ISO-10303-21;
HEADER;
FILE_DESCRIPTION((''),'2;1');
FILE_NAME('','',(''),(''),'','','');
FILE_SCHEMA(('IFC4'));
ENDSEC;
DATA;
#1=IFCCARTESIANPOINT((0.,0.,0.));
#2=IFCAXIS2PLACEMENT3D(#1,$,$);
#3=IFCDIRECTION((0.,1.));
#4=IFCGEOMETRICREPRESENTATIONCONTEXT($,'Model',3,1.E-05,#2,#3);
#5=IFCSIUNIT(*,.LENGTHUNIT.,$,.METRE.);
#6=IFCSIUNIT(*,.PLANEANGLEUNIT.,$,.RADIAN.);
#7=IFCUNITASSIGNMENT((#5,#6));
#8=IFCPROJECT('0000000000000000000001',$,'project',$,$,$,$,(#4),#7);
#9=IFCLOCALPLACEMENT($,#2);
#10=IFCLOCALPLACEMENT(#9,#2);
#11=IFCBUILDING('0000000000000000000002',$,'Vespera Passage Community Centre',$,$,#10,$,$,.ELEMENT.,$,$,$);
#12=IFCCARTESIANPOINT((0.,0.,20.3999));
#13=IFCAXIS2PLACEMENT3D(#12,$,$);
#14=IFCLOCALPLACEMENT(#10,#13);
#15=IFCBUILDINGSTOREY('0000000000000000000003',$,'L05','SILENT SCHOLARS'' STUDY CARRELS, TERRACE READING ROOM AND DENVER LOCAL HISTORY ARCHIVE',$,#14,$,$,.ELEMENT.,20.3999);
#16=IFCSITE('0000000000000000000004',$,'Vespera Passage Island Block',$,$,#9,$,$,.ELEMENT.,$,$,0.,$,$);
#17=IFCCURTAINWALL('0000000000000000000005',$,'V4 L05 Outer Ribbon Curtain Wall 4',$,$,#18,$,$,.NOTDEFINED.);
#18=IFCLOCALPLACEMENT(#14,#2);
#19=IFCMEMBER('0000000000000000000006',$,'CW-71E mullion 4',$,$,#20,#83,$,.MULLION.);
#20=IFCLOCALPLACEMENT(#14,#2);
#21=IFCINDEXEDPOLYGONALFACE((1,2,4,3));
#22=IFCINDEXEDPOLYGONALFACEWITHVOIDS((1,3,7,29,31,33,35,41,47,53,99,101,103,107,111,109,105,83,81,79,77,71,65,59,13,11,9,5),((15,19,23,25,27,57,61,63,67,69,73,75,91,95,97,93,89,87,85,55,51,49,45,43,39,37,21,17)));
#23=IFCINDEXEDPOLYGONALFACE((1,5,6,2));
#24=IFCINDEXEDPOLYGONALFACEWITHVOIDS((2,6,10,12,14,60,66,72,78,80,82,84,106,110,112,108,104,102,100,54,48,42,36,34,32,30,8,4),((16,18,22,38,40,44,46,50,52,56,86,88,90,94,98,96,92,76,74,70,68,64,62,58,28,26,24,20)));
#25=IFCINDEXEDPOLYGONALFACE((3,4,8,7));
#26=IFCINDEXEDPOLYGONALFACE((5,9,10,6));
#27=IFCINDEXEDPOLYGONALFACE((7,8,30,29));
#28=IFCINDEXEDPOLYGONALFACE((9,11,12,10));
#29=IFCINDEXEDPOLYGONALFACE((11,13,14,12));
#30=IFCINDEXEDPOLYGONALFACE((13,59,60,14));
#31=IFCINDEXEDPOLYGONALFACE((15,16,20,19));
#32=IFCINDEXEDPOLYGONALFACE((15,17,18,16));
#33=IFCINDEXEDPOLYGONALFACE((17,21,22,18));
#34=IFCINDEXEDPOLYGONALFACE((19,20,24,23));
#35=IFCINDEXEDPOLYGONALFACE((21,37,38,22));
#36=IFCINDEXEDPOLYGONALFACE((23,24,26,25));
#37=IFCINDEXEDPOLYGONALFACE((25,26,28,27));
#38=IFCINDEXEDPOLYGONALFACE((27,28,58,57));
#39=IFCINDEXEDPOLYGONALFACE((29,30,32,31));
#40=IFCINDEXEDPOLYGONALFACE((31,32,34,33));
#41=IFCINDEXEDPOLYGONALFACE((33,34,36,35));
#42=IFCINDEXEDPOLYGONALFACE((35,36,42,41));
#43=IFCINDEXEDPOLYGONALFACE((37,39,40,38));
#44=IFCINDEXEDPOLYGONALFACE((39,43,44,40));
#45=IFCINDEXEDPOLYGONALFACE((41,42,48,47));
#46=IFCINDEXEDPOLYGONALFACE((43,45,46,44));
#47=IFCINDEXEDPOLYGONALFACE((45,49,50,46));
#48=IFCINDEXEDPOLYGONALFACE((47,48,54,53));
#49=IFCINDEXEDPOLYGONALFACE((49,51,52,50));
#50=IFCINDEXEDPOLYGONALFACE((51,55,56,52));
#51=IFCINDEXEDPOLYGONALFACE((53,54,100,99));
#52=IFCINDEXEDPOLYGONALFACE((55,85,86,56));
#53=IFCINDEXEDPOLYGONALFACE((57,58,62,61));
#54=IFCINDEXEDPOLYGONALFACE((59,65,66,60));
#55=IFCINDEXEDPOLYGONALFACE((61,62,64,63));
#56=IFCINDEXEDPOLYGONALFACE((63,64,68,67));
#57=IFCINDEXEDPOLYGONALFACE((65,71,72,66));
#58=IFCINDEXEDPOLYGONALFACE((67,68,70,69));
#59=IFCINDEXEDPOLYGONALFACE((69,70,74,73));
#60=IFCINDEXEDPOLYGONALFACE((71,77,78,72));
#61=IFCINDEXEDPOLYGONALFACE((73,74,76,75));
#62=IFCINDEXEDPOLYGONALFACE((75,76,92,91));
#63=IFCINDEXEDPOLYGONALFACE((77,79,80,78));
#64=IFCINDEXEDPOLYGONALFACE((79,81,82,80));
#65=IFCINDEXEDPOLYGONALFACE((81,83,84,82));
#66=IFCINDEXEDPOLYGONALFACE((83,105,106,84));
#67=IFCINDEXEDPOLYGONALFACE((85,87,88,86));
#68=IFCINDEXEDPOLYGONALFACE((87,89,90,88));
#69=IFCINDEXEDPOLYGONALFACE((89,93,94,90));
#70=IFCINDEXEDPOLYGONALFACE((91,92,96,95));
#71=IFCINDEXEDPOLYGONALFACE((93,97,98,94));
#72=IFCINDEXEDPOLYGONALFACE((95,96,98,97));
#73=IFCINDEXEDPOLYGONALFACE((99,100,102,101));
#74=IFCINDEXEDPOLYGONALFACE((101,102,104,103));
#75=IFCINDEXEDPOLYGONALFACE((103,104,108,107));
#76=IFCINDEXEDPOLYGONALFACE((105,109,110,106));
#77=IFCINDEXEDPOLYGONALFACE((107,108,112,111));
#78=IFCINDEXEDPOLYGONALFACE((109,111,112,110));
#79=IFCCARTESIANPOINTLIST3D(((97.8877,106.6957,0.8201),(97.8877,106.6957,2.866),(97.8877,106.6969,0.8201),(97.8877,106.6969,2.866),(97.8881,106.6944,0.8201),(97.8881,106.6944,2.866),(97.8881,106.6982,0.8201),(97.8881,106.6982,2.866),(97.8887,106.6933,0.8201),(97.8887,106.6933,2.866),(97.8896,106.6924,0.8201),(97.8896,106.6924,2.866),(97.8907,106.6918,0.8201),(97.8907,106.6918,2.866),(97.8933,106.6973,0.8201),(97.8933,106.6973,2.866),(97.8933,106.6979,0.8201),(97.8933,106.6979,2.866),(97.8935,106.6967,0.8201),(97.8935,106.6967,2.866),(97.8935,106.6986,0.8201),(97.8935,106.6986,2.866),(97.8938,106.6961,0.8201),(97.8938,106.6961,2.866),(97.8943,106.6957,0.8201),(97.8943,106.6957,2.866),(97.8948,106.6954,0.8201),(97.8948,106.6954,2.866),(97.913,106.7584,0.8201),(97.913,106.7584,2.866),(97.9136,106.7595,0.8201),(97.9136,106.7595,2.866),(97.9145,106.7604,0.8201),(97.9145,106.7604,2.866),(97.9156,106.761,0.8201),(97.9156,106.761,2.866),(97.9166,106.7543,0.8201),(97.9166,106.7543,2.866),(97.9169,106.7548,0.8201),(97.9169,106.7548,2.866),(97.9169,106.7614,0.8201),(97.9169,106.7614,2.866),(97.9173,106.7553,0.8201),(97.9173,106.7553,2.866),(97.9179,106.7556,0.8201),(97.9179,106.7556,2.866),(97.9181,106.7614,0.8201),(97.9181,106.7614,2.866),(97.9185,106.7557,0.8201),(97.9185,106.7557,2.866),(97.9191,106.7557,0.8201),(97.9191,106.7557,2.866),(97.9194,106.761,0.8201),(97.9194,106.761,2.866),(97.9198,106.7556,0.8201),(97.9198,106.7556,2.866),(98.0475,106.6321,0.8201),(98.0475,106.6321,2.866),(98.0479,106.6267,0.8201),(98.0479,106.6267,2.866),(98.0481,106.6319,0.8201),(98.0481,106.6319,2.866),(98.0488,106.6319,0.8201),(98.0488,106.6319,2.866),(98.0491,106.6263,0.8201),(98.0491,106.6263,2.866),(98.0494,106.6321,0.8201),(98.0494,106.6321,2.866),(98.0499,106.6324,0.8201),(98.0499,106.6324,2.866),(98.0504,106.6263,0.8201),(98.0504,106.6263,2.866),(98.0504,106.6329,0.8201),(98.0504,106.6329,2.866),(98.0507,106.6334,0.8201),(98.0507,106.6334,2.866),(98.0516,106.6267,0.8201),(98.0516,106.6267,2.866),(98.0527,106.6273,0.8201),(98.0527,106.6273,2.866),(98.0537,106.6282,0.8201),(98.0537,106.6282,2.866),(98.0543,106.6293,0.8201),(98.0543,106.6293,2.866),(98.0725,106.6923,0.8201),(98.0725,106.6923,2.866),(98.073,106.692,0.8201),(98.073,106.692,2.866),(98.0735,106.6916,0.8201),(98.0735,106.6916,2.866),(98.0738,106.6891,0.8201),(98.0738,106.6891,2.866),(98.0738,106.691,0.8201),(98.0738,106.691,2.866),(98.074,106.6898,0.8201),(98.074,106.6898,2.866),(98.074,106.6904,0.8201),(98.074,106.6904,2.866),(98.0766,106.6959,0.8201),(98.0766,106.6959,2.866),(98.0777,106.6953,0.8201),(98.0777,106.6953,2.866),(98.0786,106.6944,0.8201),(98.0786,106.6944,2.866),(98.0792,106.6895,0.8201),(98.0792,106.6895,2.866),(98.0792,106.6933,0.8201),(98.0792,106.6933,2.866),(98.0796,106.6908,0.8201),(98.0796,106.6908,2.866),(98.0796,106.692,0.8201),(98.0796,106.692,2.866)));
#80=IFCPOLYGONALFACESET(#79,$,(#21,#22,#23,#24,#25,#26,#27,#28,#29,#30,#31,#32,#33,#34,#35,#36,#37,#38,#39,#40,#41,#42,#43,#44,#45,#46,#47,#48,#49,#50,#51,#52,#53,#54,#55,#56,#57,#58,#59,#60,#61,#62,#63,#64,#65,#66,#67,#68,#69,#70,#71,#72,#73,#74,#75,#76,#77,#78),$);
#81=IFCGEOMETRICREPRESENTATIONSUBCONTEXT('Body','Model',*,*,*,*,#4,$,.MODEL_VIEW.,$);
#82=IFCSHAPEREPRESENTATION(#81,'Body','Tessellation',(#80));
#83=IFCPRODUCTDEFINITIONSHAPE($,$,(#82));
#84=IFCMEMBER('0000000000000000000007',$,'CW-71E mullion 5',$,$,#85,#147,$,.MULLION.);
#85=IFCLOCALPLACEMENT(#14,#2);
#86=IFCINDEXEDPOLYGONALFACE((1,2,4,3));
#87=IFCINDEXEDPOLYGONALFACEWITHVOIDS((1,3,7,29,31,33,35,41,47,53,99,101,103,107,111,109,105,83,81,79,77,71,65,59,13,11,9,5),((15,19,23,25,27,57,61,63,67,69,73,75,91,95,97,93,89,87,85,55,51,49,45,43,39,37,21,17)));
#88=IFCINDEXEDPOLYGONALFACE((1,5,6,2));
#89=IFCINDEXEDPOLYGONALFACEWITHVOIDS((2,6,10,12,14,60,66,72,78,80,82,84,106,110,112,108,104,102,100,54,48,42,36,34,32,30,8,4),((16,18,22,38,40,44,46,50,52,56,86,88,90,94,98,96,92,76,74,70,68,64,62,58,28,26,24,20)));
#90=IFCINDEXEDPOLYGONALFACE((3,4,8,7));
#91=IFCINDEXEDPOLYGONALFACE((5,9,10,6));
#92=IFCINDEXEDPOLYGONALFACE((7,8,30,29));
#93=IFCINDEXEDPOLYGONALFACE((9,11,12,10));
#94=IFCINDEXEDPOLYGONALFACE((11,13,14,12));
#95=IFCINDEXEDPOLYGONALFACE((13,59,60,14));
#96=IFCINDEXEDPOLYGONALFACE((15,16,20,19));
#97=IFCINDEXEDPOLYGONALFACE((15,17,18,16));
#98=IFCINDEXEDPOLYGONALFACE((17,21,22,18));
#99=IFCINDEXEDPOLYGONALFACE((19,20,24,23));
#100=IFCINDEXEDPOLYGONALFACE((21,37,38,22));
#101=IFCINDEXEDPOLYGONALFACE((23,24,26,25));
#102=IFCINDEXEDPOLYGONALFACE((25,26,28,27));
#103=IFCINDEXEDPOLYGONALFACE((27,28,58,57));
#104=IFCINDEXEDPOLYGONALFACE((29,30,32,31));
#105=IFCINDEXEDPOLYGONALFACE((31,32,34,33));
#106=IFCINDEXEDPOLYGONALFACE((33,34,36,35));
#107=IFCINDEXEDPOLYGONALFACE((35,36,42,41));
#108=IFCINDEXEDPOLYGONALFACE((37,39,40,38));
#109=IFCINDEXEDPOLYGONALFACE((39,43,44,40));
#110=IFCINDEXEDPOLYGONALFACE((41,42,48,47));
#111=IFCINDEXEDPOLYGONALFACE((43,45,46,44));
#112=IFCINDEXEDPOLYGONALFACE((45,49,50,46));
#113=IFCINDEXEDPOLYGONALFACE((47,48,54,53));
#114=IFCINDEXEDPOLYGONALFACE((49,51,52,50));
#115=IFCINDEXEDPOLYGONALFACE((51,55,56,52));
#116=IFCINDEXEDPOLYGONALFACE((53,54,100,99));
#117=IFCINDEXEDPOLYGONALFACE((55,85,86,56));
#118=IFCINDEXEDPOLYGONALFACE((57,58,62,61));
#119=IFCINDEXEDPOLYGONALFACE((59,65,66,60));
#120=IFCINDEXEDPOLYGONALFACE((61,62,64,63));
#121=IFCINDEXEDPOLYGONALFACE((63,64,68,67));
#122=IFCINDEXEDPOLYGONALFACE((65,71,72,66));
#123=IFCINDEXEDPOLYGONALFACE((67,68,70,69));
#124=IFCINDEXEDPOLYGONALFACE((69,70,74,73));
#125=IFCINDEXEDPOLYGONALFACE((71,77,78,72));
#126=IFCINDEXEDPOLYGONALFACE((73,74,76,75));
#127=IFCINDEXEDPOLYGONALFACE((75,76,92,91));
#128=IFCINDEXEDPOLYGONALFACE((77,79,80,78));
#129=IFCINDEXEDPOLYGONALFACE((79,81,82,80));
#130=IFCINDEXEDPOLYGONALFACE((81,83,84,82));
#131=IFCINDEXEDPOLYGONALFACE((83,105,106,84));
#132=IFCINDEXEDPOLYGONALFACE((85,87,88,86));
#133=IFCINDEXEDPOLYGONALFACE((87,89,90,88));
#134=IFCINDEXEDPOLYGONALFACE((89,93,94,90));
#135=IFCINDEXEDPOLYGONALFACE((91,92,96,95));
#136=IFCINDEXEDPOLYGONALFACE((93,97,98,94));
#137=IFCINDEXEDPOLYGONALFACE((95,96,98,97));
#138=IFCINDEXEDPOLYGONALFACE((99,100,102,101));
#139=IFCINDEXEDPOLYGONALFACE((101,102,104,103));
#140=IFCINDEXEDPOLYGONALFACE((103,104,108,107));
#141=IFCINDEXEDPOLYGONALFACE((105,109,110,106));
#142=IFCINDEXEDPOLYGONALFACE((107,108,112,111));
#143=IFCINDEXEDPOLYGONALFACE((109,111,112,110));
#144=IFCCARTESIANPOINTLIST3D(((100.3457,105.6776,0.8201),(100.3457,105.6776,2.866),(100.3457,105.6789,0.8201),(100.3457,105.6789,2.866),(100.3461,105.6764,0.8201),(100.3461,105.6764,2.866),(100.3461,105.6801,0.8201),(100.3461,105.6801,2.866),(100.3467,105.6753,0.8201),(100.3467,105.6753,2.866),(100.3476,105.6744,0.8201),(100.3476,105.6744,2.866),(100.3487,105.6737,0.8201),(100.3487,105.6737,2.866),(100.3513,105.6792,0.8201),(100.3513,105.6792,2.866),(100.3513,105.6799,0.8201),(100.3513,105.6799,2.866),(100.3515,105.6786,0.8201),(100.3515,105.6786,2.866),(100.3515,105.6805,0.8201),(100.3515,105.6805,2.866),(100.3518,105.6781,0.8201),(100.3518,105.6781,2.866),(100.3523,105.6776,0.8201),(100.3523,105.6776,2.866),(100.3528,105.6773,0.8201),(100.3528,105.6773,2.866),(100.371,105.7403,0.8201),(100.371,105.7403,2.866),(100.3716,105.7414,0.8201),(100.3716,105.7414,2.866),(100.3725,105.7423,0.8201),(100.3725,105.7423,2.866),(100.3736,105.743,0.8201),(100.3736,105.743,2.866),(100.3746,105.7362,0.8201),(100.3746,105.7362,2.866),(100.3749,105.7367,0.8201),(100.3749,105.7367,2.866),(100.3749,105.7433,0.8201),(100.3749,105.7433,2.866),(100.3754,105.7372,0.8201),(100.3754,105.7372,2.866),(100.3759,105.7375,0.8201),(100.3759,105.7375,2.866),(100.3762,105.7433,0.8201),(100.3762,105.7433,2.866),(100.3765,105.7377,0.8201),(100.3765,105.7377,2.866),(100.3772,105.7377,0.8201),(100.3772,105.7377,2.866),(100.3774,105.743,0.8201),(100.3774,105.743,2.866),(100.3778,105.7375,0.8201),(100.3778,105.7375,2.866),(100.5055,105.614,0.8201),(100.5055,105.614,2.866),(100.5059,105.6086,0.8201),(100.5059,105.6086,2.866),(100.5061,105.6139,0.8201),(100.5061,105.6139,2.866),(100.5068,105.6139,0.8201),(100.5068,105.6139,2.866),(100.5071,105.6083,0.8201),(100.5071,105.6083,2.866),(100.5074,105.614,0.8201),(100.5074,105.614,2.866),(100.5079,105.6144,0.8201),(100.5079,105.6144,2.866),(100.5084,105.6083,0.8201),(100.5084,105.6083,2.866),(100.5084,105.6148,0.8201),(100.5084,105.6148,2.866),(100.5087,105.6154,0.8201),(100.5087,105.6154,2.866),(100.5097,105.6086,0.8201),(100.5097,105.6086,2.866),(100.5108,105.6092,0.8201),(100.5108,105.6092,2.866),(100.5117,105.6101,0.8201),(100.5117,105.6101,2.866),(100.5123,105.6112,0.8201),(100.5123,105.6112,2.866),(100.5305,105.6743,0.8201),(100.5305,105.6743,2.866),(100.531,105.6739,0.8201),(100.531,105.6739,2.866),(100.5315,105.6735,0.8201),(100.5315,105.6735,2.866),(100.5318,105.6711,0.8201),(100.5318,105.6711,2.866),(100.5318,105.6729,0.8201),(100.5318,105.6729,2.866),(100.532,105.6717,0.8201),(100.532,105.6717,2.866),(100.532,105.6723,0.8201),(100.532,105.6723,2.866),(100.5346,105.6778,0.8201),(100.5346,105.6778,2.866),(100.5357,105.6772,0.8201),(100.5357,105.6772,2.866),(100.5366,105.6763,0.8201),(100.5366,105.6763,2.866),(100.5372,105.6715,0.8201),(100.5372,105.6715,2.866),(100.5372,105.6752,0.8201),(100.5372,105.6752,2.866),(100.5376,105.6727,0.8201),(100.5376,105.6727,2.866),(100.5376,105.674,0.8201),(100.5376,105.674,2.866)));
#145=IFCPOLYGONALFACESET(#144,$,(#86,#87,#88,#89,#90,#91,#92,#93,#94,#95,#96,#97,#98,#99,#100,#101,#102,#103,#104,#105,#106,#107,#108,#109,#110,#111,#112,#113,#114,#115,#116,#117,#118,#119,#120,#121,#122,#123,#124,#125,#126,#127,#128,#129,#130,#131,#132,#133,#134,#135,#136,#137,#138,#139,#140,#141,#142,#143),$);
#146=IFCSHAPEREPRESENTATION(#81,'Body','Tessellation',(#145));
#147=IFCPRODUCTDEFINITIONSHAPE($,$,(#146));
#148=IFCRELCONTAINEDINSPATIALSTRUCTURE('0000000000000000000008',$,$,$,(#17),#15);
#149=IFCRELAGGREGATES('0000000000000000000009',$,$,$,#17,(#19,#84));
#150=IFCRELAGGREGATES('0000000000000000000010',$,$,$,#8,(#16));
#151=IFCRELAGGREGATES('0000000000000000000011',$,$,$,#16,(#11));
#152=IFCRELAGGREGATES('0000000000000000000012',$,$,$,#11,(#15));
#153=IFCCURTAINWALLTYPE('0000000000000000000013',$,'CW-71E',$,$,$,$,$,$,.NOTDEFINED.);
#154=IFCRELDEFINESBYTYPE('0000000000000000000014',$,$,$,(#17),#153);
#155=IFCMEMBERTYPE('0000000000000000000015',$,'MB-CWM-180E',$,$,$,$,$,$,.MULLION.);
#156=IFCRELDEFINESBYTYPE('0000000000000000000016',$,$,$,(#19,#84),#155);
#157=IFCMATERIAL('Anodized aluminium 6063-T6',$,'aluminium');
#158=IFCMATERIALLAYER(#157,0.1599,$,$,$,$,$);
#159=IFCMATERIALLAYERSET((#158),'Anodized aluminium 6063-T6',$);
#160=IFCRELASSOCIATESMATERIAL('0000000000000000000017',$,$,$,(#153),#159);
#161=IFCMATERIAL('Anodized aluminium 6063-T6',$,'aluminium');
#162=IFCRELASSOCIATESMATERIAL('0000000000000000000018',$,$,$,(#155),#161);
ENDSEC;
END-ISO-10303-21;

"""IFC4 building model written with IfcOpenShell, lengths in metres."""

from ifc_helpers import new_model, si_unit, direction, frame, origin, origin_2d, place, context, subcontext, project, spatial, hollow_rectangle, extrude, material, layer, layer_set, material_profile, profile_set, type_object, element, aggregate, save


model = new_model("IFC4")

# Units and contexts
model_context = context("Model", 3, precision=1e-05, world=origin(), true_north=direction((0.0, 1.0)))
body_context = subcontext(model_context, "Body", "Model", "MODEL_VIEW")
ifc_project = project(units=[si_unit("LENGTHUNIT", "METRE"), si_unit("PLANEANGLEUNIT", "RADIAN")], contexts=[model_context])

# Site, building, storey
site_placement = place(None, origin())
site = spatial("IfcSite", under=ifc_project, at=site_placement, Name="Vespera Passage Island Block", CompositionType="ELEMENT", RefElevation=0.0)
building_placement = place(site_placement, origin())
building = spatial("IfcBuilding", under=site, at=building_placement, Name="Vespera Passage Community Centre", CompositionType="ELEMENT")
storey_placement = place(building_placement, frame((0.0, 0.0, 20.3999)))
storey = spatial("IfcBuildingStorey", under=building, at=storey_placement, Name="L05", Description="SILENT SCHOLARS' STUDY CARRELS, TERRACE READING ROOM AND DENVER LOCAL HISTORY ARCHIVE", CompositionType="ELEMENT", Elevation=20.3999)

# Curtain wall, members
ifc_material_1 = material(Name="Anodized aluminium 6063-T6", Category="aluminium")
ifc_layer_1 = layer(ifc_material_1, 0.1599)
ifc_layer_set_1 = layer_set([ifc_layer_1], Name="Anodized aluminium 6063-T6")
curtain_wall_type_1 = type_object("IfcCurtainWallType", Name="CW-71E", PredefinedType="NOTDEFINED", material=ifc_layer_set_1)
curtain_wall_1_placement = place(storey_placement, origin())
curtain_wall_1 = element("IfcCurtainWall", 1, at=curtain_wall_1_placement, inside=storey, type_object=curtain_wall_type_1, Name="V4 L05 Outer Ribbon Curtain Wall 4", PredefinedType="NOTDEFINED")
ifc_material_2 = material(Name="Anodized aluminium 6063-T6", Category="aluminium")
ifc_material_profile_1 = material_profile(ifc_material_2, hollow_rectangle(XDim=0.075, YDim=0.1799, WallThickness=0.0049, InnerFilletRadius=0.0024, OuterFilletRadius=0.0049, at=origin_2d()), Name="ALU180X75X5")
ifc_profile_set_1 = profile_set([ifc_material_profile_1], Name="Anodized aluminium 6063-T6")
member_type_1 = type_object("IfcMemberType", Name="MB-CWM-180E", PredefinedType="MULLION", material=ifc_profile_set_1)
member_1_placement = place(storey_placement, frame((97.9836, 106.6938, 0.8201), z_axis=(0.0, 0.0, 1.0), x_axis=(0.382683, 0.92388, 0.0)))
member_1 = element("IfcMember", 2, at=member_1_placement, type_object=member_type_1, Name="CW-71E mullion 4", PredefinedType="MULLION", context=body_context, shape_type="SweptSolid", body=[
    extrude(hollow_rectangle(XDim=0.075, YDim=0.1799, WallThickness=0.0049, InnerFilletRadius=0.0024, OuterFilletRadius=0.0049, at=origin_2d()), origin(), (0.0, 0.0, 1.0), 2.0459),
])
member_2_placement = place(storey_placement, frame((100.4417, 105.6758, 0.8201), z_axis=(0.0, 0.0, 1.0), x_axis=(0.382683, 0.92388, 0.0)))
member_2 = element("IfcMember", 3, at=member_2_placement, type_object=member_type_1, Name="CW-71E mullion 5", PredefinedType="MULLION", context=body_context, shape_type="SweptSolid", body=[
    extrude(hollow_rectangle(XDim=0.075, YDim=0.1799, WallThickness=0.0049, InnerFilletRadius=0.0024, OuterFilletRadius=0.0049, at=origin_2d()), origin(), (0.0, 0.0, 1.0), 2.0459),
])
aggregate(curtain_wall_1, [member_1, member_2])

save(model, "model.ifc")
